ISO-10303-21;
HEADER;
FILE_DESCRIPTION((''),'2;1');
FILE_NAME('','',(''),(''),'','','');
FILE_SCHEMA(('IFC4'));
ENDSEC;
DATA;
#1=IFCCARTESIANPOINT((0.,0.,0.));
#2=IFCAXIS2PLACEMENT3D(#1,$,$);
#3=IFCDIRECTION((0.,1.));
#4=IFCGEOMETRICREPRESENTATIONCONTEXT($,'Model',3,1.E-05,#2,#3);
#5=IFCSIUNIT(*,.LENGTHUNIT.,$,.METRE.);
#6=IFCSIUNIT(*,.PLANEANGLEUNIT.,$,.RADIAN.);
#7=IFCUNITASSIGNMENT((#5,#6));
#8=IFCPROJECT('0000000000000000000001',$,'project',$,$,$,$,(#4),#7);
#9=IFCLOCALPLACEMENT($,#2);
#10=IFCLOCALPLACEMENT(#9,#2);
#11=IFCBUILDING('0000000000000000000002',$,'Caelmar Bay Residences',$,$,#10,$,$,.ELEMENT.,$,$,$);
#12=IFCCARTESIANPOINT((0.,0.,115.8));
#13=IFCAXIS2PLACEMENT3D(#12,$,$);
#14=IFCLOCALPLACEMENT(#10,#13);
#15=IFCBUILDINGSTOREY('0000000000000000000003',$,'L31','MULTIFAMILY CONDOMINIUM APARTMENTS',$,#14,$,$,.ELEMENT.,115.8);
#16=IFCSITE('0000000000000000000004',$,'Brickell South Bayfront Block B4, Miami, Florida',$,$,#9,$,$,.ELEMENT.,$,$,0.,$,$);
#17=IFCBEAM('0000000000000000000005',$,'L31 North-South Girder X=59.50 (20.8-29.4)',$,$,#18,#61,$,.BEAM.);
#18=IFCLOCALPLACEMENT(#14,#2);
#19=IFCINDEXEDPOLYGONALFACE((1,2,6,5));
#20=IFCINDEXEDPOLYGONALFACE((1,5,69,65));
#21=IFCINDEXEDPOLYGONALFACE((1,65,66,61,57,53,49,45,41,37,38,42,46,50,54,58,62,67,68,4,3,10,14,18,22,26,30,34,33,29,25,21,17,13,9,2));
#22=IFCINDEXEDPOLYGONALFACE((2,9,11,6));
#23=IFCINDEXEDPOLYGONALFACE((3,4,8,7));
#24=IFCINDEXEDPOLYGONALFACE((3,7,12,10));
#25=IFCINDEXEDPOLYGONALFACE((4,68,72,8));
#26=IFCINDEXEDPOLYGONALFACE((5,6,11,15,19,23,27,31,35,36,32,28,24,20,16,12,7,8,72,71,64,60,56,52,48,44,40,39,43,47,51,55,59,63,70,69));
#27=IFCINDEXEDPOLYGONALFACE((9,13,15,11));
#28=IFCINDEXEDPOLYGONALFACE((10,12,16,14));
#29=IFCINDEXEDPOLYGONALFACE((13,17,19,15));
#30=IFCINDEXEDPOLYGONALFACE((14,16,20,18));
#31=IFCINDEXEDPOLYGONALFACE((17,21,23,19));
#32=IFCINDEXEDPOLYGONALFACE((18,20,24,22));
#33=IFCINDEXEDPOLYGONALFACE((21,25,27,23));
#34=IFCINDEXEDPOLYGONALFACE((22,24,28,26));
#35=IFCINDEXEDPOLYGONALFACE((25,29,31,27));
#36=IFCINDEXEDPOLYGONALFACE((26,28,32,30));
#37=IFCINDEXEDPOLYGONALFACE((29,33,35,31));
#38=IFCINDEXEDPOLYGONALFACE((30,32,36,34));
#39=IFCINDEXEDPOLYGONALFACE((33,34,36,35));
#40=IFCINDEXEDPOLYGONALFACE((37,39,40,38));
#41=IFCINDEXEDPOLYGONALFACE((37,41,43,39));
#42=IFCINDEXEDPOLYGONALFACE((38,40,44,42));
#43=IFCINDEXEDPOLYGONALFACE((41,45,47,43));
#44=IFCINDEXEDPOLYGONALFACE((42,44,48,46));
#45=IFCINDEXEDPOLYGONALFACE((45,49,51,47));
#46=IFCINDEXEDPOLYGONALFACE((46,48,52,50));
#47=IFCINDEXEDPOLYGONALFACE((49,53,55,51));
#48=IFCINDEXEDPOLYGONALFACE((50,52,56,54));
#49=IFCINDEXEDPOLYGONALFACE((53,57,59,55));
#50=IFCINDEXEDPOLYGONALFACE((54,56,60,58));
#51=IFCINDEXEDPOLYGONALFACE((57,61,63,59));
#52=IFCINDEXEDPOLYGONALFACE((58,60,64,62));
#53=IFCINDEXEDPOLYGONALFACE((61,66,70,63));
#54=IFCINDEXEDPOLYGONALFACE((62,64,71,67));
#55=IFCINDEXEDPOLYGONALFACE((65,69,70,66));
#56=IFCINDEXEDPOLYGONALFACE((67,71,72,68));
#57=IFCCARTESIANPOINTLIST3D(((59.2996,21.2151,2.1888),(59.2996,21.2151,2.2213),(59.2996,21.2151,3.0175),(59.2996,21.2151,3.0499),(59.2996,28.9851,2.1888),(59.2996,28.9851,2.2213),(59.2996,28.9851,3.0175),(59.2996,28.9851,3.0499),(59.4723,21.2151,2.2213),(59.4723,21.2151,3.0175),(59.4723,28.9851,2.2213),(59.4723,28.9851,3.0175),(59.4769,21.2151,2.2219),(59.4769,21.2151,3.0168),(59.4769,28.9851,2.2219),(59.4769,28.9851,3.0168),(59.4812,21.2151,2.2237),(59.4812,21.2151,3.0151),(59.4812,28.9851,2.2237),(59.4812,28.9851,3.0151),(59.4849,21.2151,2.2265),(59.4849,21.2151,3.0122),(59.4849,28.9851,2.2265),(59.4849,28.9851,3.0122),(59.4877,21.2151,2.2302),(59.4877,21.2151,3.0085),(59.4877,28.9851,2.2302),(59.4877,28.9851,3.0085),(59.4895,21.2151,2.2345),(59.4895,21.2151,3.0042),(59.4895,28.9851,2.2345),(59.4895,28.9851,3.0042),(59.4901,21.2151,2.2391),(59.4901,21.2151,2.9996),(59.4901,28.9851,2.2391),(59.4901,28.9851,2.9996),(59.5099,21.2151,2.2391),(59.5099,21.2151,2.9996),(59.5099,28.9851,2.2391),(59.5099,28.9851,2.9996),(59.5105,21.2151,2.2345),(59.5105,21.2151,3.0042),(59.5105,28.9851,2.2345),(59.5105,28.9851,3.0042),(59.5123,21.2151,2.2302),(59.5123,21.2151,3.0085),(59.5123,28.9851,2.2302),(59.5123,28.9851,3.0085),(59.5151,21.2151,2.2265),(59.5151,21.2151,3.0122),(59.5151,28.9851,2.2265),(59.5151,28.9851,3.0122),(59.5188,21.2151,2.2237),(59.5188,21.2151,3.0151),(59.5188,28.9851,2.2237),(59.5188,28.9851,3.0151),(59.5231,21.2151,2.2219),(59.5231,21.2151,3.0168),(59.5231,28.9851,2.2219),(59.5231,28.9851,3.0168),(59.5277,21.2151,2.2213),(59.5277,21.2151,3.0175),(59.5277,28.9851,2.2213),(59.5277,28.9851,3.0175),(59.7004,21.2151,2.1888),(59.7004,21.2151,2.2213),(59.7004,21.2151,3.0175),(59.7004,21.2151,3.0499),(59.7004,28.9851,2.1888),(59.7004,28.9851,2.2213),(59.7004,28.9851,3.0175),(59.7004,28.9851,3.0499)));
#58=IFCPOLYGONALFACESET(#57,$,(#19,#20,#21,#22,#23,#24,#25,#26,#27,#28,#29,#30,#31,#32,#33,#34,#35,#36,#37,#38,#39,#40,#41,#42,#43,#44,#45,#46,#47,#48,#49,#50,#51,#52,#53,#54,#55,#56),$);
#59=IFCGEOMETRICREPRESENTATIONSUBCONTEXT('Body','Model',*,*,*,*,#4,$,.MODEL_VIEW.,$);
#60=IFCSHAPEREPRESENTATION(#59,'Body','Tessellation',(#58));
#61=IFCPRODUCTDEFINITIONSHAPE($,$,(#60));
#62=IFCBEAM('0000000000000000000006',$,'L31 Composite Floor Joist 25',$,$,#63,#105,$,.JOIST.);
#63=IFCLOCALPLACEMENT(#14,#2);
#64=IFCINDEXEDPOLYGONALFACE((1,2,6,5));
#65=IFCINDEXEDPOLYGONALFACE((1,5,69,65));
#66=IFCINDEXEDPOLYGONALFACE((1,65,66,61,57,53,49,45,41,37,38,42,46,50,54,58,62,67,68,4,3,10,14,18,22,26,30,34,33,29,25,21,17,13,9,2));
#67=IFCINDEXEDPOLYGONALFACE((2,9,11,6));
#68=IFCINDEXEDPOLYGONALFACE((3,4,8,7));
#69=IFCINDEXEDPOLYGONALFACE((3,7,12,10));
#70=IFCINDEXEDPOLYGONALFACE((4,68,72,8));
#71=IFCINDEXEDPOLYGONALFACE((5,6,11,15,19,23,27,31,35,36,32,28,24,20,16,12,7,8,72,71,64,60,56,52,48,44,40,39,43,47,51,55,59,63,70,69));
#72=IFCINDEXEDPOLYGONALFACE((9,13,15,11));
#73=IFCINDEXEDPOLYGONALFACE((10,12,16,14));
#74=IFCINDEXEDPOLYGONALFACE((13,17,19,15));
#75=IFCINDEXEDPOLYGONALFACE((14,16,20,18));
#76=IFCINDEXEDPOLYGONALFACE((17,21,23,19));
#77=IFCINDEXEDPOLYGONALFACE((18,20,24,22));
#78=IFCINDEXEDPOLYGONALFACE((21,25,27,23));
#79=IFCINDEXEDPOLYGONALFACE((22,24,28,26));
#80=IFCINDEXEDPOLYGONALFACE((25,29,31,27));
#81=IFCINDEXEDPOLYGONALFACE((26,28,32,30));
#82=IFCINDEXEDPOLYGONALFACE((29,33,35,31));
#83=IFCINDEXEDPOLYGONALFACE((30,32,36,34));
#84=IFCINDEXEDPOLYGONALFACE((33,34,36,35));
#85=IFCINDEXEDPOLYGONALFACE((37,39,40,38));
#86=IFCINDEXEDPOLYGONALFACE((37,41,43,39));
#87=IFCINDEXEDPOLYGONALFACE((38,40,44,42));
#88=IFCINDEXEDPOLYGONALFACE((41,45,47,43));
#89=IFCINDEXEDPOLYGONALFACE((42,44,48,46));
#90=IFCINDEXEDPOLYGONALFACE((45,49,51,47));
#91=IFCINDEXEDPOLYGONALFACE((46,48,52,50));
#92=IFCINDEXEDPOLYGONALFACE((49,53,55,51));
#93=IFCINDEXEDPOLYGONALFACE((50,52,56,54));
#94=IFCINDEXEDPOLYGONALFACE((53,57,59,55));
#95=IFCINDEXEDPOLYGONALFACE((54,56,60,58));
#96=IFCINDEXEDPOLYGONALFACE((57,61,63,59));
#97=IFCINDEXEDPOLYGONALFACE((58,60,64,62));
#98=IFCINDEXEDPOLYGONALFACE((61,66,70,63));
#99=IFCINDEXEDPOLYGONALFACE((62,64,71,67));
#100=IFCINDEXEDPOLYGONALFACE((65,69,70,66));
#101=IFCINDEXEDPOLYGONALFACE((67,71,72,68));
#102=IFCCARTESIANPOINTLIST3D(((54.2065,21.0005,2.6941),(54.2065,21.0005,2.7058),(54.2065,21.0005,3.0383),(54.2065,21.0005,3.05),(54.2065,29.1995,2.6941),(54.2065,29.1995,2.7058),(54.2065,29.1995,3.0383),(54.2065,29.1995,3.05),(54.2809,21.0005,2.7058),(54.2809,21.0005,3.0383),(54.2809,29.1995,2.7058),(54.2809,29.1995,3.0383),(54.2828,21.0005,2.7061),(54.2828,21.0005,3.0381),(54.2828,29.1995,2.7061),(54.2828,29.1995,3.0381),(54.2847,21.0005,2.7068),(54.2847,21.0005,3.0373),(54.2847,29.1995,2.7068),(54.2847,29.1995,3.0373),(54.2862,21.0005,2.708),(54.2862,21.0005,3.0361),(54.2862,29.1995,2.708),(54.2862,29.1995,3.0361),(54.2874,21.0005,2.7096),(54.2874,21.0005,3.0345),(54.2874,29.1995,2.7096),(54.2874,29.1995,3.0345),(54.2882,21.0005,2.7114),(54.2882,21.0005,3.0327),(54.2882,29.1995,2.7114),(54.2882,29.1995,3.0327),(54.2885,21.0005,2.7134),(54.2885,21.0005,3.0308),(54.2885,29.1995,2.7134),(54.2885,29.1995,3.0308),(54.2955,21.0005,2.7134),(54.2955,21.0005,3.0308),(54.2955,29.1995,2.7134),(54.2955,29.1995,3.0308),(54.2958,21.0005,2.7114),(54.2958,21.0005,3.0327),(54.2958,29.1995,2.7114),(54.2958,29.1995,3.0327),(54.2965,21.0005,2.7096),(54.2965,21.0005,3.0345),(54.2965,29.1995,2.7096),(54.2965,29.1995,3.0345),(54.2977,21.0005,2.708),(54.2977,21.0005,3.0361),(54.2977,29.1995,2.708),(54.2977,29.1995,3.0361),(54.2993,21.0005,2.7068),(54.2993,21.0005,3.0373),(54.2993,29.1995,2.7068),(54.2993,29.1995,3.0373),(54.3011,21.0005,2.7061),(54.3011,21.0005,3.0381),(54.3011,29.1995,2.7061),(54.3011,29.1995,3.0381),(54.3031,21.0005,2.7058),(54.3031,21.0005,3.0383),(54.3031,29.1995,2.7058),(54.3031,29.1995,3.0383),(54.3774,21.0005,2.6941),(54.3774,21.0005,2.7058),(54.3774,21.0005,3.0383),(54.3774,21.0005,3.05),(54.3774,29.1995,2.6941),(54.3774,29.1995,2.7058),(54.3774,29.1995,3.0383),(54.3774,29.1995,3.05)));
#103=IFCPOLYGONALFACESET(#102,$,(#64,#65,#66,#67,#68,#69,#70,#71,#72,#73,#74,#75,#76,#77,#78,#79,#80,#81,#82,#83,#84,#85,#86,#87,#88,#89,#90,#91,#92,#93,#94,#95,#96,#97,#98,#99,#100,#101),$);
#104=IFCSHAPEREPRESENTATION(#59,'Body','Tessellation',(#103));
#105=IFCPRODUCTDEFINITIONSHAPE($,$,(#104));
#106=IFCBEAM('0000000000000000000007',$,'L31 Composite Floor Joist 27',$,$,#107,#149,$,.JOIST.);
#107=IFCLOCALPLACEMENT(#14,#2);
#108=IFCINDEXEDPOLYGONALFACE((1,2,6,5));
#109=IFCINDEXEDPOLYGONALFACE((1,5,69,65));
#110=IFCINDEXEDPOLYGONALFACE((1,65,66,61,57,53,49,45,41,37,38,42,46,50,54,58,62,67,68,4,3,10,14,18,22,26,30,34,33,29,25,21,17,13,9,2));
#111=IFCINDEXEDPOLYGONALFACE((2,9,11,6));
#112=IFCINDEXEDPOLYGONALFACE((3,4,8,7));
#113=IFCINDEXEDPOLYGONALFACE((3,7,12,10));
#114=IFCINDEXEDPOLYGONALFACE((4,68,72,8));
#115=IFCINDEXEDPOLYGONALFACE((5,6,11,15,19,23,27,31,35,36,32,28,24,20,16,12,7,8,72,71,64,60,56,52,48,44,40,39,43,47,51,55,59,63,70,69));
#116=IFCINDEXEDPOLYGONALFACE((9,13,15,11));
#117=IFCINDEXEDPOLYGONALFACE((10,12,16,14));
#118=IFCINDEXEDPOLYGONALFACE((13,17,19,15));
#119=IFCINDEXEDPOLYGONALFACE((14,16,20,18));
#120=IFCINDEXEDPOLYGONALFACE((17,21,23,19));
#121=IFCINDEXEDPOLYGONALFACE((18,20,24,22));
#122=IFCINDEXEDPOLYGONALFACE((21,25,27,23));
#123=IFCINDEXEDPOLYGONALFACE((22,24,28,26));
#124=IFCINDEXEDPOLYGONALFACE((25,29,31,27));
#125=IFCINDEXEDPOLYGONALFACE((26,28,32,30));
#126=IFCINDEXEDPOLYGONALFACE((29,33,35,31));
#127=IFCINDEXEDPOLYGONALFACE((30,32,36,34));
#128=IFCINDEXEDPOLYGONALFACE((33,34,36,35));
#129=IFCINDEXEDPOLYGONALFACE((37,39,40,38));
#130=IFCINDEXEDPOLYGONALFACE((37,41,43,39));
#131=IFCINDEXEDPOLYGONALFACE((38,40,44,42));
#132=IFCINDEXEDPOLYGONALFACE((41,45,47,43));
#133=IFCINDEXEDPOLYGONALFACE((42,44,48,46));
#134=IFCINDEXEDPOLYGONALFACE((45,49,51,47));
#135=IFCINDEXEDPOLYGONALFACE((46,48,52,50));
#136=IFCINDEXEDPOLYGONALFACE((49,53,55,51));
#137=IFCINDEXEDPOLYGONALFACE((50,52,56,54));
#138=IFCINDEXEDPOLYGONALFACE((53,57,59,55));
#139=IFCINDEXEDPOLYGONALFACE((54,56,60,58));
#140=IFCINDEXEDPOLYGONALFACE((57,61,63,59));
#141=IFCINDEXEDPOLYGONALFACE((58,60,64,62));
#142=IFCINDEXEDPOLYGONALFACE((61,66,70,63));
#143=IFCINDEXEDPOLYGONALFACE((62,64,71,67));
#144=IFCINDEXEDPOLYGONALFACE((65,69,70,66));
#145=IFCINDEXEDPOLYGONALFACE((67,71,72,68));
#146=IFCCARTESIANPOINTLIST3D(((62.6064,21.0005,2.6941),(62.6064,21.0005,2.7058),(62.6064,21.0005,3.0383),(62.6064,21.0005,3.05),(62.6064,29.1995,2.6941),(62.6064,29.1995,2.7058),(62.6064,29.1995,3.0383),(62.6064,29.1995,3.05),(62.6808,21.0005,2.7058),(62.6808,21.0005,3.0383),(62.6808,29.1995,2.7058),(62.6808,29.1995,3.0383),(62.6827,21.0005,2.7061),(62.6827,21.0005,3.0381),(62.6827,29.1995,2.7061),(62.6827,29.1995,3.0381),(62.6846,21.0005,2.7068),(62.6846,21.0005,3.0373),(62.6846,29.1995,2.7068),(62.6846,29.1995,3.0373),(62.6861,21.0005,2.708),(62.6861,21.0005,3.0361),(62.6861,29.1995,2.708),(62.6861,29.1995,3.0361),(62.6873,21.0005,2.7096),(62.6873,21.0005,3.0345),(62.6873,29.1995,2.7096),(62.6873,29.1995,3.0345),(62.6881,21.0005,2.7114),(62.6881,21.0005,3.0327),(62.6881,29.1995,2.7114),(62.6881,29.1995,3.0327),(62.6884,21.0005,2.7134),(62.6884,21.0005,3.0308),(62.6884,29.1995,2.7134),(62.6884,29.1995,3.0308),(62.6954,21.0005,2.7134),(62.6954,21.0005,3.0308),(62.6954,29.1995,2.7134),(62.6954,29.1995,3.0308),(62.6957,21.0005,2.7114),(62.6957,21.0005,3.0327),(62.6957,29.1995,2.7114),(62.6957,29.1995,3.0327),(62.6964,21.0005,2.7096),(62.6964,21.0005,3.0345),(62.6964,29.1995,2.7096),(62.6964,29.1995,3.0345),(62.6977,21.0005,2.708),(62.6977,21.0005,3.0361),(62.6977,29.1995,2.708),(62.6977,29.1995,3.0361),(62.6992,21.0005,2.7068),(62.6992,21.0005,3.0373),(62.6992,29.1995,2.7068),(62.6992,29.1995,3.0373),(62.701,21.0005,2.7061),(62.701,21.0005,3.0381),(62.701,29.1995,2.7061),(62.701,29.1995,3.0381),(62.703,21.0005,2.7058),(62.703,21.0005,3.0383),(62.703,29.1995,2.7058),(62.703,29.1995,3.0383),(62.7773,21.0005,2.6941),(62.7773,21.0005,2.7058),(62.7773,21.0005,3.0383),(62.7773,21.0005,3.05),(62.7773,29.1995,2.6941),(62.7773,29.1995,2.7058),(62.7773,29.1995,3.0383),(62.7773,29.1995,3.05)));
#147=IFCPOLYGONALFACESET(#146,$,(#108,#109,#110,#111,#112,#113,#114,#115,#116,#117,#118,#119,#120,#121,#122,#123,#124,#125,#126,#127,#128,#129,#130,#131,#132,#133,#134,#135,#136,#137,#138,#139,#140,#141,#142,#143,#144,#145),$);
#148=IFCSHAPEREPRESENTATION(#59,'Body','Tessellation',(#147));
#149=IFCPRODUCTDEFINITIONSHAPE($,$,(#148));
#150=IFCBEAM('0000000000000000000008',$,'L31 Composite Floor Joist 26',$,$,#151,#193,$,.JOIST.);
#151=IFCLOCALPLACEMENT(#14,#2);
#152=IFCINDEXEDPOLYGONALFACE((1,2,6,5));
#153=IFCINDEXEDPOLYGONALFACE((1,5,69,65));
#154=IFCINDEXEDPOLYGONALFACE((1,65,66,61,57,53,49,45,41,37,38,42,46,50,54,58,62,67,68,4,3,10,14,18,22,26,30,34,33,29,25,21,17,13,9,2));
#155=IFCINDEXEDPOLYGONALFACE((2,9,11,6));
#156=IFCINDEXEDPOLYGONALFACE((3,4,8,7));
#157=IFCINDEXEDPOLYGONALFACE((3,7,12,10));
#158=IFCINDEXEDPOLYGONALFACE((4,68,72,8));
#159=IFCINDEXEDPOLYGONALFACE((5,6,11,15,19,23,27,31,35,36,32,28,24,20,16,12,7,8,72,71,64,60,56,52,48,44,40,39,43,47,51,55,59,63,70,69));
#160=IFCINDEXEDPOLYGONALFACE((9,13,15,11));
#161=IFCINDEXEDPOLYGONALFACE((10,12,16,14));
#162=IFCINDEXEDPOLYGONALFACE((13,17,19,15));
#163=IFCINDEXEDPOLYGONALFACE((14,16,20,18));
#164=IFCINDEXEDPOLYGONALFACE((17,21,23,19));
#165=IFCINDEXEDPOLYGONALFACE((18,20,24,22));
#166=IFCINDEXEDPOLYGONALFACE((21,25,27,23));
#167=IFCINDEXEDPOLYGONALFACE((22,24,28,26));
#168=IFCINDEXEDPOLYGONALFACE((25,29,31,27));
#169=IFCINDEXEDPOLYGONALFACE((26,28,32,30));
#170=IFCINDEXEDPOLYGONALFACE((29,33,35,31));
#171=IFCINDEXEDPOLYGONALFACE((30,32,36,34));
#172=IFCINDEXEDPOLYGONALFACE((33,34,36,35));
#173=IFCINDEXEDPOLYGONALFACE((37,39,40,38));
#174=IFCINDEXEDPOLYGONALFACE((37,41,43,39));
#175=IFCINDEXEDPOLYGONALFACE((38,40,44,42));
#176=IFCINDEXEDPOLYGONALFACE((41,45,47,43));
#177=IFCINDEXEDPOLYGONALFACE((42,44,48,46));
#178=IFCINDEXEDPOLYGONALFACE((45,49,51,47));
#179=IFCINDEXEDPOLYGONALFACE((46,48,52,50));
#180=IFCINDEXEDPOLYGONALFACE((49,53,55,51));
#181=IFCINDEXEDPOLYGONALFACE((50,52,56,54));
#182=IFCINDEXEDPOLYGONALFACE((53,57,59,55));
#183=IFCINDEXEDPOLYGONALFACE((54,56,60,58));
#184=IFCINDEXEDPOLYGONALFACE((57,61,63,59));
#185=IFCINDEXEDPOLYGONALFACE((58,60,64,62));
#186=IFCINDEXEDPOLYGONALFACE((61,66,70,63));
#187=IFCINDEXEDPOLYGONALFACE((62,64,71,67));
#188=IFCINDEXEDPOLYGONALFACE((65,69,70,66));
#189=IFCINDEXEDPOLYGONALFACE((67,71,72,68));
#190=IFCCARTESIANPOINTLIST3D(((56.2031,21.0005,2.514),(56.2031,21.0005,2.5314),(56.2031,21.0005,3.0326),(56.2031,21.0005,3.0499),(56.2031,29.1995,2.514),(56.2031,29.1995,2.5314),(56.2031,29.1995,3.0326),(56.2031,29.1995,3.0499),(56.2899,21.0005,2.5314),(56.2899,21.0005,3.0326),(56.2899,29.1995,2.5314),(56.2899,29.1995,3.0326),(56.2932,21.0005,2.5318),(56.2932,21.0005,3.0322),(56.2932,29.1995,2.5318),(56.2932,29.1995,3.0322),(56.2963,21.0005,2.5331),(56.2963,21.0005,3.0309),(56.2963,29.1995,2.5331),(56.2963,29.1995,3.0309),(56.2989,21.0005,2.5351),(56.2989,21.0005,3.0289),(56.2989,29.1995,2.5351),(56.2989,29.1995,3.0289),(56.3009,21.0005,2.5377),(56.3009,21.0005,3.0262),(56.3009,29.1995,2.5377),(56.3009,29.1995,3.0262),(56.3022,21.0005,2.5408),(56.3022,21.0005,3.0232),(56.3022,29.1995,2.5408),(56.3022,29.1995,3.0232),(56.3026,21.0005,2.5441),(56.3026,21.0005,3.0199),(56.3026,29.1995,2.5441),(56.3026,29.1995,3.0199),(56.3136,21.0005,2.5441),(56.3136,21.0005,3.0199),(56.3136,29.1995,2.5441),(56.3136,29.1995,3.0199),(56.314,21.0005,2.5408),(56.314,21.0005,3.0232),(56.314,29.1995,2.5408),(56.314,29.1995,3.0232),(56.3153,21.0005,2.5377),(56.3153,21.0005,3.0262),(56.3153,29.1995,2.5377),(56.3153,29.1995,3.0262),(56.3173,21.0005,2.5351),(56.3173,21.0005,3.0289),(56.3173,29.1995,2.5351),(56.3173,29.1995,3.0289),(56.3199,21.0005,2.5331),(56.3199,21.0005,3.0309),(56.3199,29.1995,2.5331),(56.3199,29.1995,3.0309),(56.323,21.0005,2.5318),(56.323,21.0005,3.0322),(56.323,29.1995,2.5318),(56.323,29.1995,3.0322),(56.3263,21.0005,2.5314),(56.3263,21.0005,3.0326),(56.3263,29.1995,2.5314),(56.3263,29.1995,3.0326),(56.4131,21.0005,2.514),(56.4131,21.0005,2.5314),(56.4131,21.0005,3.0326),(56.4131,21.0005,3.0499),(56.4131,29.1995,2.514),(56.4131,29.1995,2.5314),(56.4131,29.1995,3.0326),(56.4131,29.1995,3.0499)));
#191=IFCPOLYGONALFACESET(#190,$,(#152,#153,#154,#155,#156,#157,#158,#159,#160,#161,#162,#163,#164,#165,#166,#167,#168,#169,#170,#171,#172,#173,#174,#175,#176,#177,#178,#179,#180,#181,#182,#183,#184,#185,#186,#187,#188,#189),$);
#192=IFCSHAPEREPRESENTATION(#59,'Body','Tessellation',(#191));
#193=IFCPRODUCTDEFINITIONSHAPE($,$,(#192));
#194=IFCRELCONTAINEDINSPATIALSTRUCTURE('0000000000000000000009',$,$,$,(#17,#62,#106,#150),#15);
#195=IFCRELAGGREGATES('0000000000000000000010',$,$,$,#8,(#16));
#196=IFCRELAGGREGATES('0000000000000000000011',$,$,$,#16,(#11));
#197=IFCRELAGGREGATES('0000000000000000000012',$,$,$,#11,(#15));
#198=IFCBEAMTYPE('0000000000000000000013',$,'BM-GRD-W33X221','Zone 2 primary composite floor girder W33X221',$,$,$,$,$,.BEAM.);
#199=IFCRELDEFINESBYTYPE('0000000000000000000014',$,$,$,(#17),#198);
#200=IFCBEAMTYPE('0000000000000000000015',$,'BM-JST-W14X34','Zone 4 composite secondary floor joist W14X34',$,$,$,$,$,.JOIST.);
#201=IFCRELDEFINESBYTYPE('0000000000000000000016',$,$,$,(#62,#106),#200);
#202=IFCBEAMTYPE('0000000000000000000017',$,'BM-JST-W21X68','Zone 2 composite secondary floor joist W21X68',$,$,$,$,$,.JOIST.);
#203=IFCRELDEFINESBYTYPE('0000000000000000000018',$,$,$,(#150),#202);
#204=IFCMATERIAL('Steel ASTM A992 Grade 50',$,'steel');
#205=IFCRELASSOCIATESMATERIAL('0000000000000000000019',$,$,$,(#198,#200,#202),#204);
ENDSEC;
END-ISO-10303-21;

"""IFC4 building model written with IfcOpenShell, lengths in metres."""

from ifc_helpers import new_model, si_unit, direction, frame, origin, origin_2d, place, context, subcontext, project, spatial, i_section, extrude, material, material_profile, profile_set, type_object, element, save


model = new_model("IFC4")

# Units and contexts
model_context = context("Model", 3, precision=1e-05, world=origin(), true_north=direction((0.0, 1.0)))
body_context = subcontext(model_context, "Body", "Model", "MODEL_VIEW")
ifc_project = project(units=[si_unit("LENGTHUNIT", "METRE"), si_unit("PLANEANGLEUNIT", "RADIAN")], contexts=[model_context])

# Site, building, storey
site_placement = place(None, origin())
site = spatial("IfcSite", under=ifc_project, at=site_placement, Name="Brickell South Bayfront Block B4, Miami, Florida", CompositionType="ELEMENT", RefElevation=0.0)
building_placement = place(site_placement, origin())
building = spatial("IfcBuilding", under=site, at=building_placement, Name="Caelmar Bay Residences", CompositionType="ELEMENT")
storey_placement = place(building_placement, frame((0.0, 0.0, 115.8)))
storey = spatial("IfcBuildingStorey", under=building, at=storey_placement, Name="L31", Description="MULTIFAMILY CONDOMINIUM APARTMENTS", CompositionType="ELEMENT", Elevation=115.8)

# Beams
ifc_material_1 = material(Name="Steel ASTM A992 Grade 50", Category="steel")
ifc_material_profile_1 = material_profile(ifc_material_1, i_section(OverallWidth=0.4009, OverallDepth=0.8611, WebThickness=0.0198, FlangeThickness=0.0325, FilletRadius=0.0178, at=origin_2d()), Name="W33X221")
ifc_profile_set_1 = profile_set([ifc_material_profile_1], Name="Steel ASTM A992 Grade 50")
beam_type_1 = type_object("IfcBeamType", Name="BM-GRD-W33X221", Description="Zone 2 primary composite floor girder W33X221", PredefinedType="BEAM", material=ifc_profile_set_1)
for number, where, z_axis, x_axis, name in (
    (1, (59.5, 21.2151, 2.6194), (0.0, 1.0, 0.0), (-1.0, 0.0, 0.0), "L31 North-South Girder X=59.50 (20.8-29.4)"),
):
    element("IfcBeam", number, at=place(storey_placement, frame(where, z_axis=z_axis, x_axis=x_axis)), inside=storey, type_object=beam_type_1, Name=name, PredefinedType="BEAM", context=body_context, shape_type="SweptSolid", body=[
        extrude(i_section(OverallWidth=0.4009, OverallDepth=0.8611, WebThickness=0.0198, FlangeThickness=0.0325, FilletRadius=0.0178, at=origin_2d()), origin(), (0.0, 0.0, 1.0), 7.77),
    ])
ifc_material_profile_2 = material_profile(ifc_material_1, i_section(OverallWidth=0.1709, OverallDepth=0.356, WebThickness=0.0071, FlangeThickness=0.0117, FilletRadius=0.0076, at=origin_2d()), Name="W14X34")
ifc_profile_set_2 = profile_set([ifc_material_profile_2], Name="Steel ASTM A992 Grade 50")
beam_type_2 = type_object("IfcBeamType", Name="BM-JST-W14X34", Description="Zone 4 composite secondary floor joist W14X34", PredefinedType="JOIST", material=ifc_profile_set_2)
for number, where, z_axis, x_axis, name in (
    (2, (54.292, 21.0005, 2.8721), (0.0, 1.0, 0.0), (-1.0, 0.0, 0.0), "L31 Composite Floor Joist 25"),
    (3, (62.6919, 21.0005, 2.8721), (0.0, 1.0, 0.0), (-1.0, 0.0, 0.0), "L31 Composite Floor Joist 27"),
):
    element("IfcBeam", number, at=place(storey_placement, frame(where, z_axis=z_axis, x_axis=x_axis)), inside=storey, type_object=beam_type_2, Name=name, PredefinedType="JOIST", context=body_context, shape_type="SweptSolid", body=[
        extrude(i_section(OverallWidth=0.1709, OverallDepth=0.356, WebThickness=0.0071, FlangeThickness=0.0117, FilletRadius=0.0076, at=origin_2d()), origin(), (0.0, 0.0, 1.0), 8.199),
    ])
ifc_material_profile_3 = material_profile(ifc_material_1, i_section(OverallWidth=0.21, OverallDepth=0.5359, WebThickness=0.011, FlangeThickness=0.0173, FilletRadius=0.0127, at=origin_2d()), Name="W21X68")
ifc_profile_set_3 = profile_set([ifc_material_profile_3], Name="Steel ASTM A992 Grade 50")
beam_type_3 = type_object("IfcBeamType", Name="BM-JST-W21X68", Description="Zone 2 composite secondary floor joist W21X68", PredefinedType="JOIST", material=ifc_profile_set_3)
beam_placement = place(storey_placement, frame((56.3081, 21.0005, 2.782), z_axis=(0.0, 1.0, 0.0), x_axis=(-1.0, 0.0, 0.0)))
element("IfcBeam", 4, at=beam_placement, inside=storey, type_object=beam_type_3, Name="L31 Composite Floor Joist 26", PredefinedType="JOIST", context=body_context, shape_type="SweptSolid", body=[
    extrude(i_section(OverallWidth=0.21, OverallDepth=0.5359, WebThickness=0.011, FlangeThickness=0.0173, FilletRadius=0.0127, at=origin_2d()), origin(), (0.0, 0.0, 1.0), 8.199),
])

save(model, "model.ifc")
